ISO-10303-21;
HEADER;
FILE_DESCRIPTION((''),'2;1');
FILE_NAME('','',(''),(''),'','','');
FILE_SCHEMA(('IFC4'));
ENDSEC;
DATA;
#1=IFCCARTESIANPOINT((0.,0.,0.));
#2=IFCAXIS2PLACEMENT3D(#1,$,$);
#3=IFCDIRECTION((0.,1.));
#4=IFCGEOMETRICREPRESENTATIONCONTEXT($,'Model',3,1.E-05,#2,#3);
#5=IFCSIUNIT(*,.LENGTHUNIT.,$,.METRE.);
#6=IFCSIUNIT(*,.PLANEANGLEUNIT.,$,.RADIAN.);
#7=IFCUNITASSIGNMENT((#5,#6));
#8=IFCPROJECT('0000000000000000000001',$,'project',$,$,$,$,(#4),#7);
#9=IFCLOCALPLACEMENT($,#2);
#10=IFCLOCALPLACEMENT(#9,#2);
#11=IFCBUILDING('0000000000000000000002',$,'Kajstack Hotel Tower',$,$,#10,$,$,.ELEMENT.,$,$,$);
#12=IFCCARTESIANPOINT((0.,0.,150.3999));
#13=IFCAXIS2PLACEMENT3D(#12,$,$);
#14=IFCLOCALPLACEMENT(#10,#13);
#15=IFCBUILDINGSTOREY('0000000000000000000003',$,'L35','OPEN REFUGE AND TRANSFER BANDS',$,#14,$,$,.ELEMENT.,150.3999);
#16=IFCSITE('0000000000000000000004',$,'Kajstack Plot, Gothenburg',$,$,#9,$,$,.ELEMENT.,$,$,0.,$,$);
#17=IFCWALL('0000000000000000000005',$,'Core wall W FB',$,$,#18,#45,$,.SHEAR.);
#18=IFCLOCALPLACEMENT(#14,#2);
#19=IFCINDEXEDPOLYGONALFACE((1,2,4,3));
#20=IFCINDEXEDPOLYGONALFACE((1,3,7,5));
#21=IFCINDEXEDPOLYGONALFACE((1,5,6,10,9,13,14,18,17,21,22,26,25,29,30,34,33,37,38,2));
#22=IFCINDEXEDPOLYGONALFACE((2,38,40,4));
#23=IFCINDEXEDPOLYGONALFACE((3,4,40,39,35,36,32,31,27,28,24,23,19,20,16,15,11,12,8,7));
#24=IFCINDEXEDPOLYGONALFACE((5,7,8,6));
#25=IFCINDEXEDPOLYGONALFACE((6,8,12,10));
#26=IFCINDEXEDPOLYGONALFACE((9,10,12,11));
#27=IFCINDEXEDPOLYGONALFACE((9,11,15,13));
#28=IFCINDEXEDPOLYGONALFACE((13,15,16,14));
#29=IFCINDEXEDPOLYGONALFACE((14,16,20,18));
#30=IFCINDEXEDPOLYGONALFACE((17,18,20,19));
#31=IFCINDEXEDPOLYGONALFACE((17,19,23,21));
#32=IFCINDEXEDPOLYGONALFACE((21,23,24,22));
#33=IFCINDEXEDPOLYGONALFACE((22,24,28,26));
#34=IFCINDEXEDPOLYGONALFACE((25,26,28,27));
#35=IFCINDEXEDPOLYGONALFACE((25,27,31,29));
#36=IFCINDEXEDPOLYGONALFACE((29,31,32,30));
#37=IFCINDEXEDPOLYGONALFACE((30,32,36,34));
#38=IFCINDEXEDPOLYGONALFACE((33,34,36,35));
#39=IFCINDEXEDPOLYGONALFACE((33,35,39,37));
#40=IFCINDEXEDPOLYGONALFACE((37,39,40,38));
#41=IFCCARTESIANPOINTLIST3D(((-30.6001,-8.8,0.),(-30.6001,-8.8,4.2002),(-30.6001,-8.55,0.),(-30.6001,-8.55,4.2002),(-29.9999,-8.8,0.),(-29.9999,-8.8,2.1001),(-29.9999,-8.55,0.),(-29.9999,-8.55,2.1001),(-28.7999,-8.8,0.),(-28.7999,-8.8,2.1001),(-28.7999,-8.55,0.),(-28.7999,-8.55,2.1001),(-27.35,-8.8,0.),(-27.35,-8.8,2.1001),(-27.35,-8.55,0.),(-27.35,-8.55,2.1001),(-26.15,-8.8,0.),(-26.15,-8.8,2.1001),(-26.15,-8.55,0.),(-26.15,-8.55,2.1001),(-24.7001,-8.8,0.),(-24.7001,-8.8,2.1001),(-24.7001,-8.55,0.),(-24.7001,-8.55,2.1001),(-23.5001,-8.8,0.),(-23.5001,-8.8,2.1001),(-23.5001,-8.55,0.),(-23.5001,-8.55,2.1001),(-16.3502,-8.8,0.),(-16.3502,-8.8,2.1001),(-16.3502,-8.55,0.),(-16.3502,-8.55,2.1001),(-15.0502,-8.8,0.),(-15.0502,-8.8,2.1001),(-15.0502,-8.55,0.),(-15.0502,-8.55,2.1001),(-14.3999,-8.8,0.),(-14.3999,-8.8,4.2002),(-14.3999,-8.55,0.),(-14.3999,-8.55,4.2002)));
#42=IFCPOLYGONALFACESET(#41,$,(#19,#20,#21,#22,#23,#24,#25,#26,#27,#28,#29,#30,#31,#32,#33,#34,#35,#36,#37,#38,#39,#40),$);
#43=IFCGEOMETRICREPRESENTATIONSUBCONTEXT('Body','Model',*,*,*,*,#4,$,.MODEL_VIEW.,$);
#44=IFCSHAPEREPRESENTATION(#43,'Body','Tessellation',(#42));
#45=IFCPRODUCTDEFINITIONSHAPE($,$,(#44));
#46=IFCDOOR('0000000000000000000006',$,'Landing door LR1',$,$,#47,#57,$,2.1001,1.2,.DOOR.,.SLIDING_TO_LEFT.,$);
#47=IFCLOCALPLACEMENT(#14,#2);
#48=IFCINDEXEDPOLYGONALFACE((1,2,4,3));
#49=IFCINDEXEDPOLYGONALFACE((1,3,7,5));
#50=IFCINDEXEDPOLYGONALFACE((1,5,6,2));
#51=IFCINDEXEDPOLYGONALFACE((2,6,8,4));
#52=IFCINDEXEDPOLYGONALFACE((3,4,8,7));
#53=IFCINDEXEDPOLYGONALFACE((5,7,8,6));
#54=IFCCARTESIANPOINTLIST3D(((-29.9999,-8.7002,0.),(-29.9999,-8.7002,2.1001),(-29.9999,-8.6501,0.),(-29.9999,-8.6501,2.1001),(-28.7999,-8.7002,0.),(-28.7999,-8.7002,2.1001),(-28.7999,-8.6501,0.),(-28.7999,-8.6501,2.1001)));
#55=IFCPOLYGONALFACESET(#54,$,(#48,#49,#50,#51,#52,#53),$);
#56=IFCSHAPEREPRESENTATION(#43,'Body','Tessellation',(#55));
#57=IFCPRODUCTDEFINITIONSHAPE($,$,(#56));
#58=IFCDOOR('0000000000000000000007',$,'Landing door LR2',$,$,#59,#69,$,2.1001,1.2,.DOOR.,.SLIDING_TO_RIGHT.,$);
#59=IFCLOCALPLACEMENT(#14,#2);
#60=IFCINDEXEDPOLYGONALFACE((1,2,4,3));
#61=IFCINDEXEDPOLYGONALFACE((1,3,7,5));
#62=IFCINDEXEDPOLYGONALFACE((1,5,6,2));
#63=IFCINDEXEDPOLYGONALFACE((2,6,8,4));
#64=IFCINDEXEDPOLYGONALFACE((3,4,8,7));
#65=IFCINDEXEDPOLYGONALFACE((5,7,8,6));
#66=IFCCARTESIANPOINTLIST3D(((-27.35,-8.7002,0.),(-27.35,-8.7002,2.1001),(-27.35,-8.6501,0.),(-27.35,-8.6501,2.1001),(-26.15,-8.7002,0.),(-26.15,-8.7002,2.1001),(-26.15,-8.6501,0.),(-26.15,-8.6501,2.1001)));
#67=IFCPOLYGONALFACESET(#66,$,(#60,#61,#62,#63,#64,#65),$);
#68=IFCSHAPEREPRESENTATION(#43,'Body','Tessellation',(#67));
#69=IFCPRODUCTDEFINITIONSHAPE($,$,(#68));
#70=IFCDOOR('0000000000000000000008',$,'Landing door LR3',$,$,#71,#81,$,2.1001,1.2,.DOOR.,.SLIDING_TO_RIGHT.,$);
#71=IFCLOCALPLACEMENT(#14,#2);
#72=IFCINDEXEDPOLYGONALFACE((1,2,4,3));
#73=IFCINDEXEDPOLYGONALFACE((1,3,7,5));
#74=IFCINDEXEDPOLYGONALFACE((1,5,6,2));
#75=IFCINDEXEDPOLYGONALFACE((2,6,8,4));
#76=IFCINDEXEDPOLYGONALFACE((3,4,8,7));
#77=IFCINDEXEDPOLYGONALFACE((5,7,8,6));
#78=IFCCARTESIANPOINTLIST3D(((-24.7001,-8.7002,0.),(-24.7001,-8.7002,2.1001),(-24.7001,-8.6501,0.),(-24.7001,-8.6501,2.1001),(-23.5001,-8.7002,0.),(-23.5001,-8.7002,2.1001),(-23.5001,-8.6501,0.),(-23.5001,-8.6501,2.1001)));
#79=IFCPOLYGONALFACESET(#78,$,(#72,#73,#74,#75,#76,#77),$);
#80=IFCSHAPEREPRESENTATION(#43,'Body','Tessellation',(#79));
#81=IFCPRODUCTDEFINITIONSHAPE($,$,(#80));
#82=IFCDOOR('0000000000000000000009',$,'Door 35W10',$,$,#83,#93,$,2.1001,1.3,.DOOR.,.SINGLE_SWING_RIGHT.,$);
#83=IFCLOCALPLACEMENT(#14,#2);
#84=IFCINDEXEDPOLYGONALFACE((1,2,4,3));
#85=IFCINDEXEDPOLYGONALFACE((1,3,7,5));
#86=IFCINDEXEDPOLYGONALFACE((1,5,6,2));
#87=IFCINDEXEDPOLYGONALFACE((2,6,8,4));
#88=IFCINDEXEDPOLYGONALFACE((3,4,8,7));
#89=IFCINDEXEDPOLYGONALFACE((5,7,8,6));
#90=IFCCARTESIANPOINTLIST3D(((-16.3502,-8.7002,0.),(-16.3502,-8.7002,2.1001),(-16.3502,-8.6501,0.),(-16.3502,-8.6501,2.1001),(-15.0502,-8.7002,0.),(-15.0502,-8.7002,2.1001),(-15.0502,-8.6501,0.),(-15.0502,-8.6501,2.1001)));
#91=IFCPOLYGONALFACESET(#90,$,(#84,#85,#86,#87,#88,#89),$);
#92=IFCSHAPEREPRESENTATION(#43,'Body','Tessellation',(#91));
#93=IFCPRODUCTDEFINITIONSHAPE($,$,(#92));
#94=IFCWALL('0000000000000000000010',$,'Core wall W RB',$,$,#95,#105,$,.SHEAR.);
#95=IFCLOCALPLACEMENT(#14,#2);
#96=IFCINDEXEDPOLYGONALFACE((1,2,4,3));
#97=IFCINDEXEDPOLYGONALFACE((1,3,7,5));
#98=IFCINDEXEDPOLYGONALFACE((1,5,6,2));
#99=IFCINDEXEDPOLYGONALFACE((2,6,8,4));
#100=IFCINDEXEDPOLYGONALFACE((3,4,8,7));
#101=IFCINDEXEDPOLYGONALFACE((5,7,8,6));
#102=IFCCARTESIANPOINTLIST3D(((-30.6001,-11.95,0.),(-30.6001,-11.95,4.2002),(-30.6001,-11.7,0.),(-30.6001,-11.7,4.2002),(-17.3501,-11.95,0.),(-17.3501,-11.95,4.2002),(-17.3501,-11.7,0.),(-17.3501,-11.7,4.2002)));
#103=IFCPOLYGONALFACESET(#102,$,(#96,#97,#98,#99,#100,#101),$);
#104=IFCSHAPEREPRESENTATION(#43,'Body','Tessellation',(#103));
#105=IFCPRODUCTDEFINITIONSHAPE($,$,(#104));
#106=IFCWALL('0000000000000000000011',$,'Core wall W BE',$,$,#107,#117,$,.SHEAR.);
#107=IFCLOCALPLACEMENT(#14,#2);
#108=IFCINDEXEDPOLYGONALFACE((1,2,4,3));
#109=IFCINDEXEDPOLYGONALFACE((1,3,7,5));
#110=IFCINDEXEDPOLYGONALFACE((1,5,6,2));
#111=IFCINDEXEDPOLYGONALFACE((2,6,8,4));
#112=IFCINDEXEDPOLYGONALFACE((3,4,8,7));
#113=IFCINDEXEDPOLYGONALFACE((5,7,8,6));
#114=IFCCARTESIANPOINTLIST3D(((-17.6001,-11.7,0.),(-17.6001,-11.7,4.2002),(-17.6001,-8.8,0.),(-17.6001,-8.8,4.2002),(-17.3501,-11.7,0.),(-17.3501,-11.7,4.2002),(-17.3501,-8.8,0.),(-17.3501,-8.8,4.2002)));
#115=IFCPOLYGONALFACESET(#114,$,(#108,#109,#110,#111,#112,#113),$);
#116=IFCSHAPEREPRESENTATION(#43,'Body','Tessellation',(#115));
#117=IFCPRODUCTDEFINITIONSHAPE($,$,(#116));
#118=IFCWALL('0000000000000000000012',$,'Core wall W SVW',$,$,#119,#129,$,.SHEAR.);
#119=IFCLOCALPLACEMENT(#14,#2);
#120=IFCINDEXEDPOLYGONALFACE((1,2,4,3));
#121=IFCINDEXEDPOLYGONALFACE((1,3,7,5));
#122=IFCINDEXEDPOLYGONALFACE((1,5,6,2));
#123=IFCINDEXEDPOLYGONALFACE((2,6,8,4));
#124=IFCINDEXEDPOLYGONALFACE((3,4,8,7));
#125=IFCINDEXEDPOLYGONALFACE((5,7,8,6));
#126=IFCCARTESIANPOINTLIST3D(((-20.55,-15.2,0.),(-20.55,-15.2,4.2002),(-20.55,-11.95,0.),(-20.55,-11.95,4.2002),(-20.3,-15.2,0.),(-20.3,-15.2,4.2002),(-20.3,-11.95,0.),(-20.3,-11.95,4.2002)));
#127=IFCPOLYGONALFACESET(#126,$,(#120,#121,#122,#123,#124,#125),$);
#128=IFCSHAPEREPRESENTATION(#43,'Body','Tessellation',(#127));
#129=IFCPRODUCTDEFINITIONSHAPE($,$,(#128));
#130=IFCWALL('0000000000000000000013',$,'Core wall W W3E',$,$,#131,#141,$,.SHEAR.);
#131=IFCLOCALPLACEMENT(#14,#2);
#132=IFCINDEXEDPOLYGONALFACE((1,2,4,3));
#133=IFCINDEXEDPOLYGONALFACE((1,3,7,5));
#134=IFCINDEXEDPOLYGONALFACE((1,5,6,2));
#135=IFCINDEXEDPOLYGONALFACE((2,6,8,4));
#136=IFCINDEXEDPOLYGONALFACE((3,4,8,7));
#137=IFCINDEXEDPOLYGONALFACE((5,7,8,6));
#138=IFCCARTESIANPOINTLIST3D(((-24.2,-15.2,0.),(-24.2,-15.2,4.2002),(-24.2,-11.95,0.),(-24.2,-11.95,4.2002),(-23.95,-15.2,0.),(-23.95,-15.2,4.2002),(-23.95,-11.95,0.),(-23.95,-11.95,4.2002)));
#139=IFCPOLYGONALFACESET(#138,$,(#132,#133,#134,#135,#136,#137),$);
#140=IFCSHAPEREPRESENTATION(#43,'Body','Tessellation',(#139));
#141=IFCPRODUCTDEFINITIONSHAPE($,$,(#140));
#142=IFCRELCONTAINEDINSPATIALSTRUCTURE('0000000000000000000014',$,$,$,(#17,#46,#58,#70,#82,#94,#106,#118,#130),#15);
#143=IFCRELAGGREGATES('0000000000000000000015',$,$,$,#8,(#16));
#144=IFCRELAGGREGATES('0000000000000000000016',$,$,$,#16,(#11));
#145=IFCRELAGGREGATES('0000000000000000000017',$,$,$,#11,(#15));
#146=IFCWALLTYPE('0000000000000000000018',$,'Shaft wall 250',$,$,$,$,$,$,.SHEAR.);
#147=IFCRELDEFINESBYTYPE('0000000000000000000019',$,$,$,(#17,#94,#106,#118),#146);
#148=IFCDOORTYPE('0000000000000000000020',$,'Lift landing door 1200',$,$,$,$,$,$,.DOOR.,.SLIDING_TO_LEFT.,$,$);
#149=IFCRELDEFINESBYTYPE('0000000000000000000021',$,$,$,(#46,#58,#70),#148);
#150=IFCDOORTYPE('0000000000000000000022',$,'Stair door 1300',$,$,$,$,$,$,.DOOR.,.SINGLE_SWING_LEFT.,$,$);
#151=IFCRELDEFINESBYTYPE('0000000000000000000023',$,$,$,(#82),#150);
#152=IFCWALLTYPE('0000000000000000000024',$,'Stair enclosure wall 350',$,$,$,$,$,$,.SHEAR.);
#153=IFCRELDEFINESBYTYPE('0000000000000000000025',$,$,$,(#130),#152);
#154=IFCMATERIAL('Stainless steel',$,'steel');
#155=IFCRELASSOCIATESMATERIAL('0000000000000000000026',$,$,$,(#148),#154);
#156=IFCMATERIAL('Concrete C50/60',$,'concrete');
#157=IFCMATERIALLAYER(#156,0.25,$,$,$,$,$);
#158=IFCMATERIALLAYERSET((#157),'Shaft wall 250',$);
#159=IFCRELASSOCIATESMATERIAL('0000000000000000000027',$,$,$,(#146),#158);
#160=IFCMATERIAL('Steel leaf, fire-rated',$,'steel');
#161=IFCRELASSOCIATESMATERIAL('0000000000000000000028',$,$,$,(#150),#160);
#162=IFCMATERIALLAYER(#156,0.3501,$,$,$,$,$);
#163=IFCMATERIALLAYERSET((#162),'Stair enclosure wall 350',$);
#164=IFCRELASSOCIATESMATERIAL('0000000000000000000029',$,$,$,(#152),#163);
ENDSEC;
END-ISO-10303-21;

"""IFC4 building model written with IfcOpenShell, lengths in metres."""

from ifc_helpers import new_model, si_unit, direction, frame, frame_2d, origin, place, context, subcontext, project, spatial, rectangle, extrude, material, layer, layer_set, type_object, element, fill, save


model = new_model("IFC4")

# Units and contexts
model_context = context("Model", 3, precision=1e-05, world=origin(), true_north=direction((0.0, 1.0)))
body_context = subcontext(model_context, "Body", "Model", "MODEL_VIEW")
ifc_project = project(units=[si_unit("LENGTHUNIT", "METRE"), si_unit("PLANEANGLEUNIT", "RADIAN")], contexts=[model_context])

# Site, building, storey
site_placement = place(None, origin())
site = spatial("IfcSite", under=ifc_project, at=site_placement, Name="Kajstack Plot, Gothenburg", CompositionType="ELEMENT", RefElevation=0.0)
building_placement = place(site_placement, origin())
building = spatial("IfcBuilding", under=site, at=building_placement, Name="Kajstack Hotel Tower", CompositionType="ELEMENT")
storey_placement = place(building_placement, frame((0.0, 0.0, 150.3999)))
storey = spatial("IfcBuildingStorey", under=building, at=storey_placement, Name="L35", Description="OPEN REFUGE AND TRANSFER BANDS", CompositionType="ELEMENT", Elevation=150.3999)

# Shared definitions
ifc_material_1 = material(Name="Stainless steel", Category="steel")
door_type_1 = type_object("IfcDoorType", Name="Lift landing door 1200", OperationType="SLIDING_TO_LEFT", PredefinedType="DOOR", material=ifc_material_1)

# Shared definitions
ifc_material_2 = material(Name="Concrete C50/60", Category="concrete")

# Shared definitions
ifc_layer_1 = layer(ifc_material_2, 0.25)
ifc_layer_set_1 = layer_set([ifc_layer_1], Name="Shaft wall 250")
wall_type_1 = type_object("IfcWallType", Name="Shaft wall 250", PredefinedType="SHEAR", material=ifc_layer_set_1)
ifc_material_3 = material(Name="Steel leaf, fire-rated", Category="steel")
door_type_2 = type_object("IfcDoorType", Name="Stair door 1300", OperationType="SINGLE_SWING_LEFT", PredefinedType="DOOR", material=ifc_material_3)

# Wall, openings, doors
wall_1_placement = place(storey_placement, frame((-30.6001, -8.675, 0.0), z_axis=(0.0, 0.0, 1.0), x_axis=(1.0, 0.0, 0.0)))
wall_1 = element("IfcWall", 1, at=wall_1_placement, inside=storey, type_object=wall_type_1, Name="Core wall W FB", PredefinedType="SHEAR", context=body_context, shape_type="SweptSolid", body=[
    extrude(rectangle(XDim=16.2002, YDim=0.25, at=frame_2d((8.1001, 0.0))), origin(), (0.0, 0.0, 1.0), 4.2002),
])
opening_1_placement = place(wall_1_placement, frame((0.6001, 0.0, 0.0)))
opening_1 = element("IfcOpeningElement", 2, at=opening_1_placement, cuts=wall_1, PredefinedType="OPENING", context=body_context, shape_type="SweptSolid", body=[
    extrude(rectangle(XDim=1.2, YDim=2.1001, at=frame_2d((0.6001, 1.05))), frame((0.0, 0.135, 0.0), z_axis=(0.0, -1.0, 0.0), x_axis=(1.0, 0.0, 0.0)), (0.0, 0.0, 1.0), 0.27),
])
opening_2_placement = place(wall_1_placement, frame((3.25, 0.0, 0.0)))
opening_2 = element("IfcOpeningElement", 3, at=opening_2_placement, cuts=wall_1, PredefinedType="OPENING", context=body_context, shape_type="SweptSolid", body=[
    extrude(rectangle(XDim=1.2, YDim=2.1001, at=frame_2d((0.6001, 1.05))), frame((0.0, 0.135, 0.0), z_axis=(0.0, -1.0, 0.0), x_axis=(1.0, 0.0, 0.0)), (0.0, 0.0, 1.0), 0.27),
])
opening_3_placement = place(wall_1_placement, frame((5.8999, 0.0, 0.0)))
opening_3 = element("IfcOpeningElement", 4, at=opening_3_placement, cuts=wall_1, PredefinedType="OPENING", context=body_context, shape_type="SweptSolid", body=[
    extrude(rectangle(XDim=1.2, YDim=2.1001, at=frame_2d((0.6001, 1.05))), frame((0.0, 0.135, 0.0), z_axis=(0.0, -1.0, 0.0), x_axis=(1.0, 0.0, 0.0)), (0.0, 0.0, 1.0), 0.27),
])
opening_4_placement = place(wall_1_placement, frame((14.25, 0.0, 0.0)))
opening_4 = element("IfcOpeningElement", 5, at=opening_4_placement, cuts=wall_1, PredefinedType="OPENING", context=body_context, shape_type="SweptSolid", body=[
    extrude(rectangle(XDim=1.3, YDim=2.1001, at=frame_2d((0.6499, 1.05))), frame((0.0, 0.135, 0.0), z_axis=(0.0, -1.0, 0.0), x_axis=(1.0, 0.0, 0.0)), (0.0, 0.0, 1.0), 0.27),
])
door_1_placement = place(opening_1_placement, origin())
door_1 = element("IfcDoor", 6, at=door_1_placement, inside=storey, type_object=door_type_1, Name="Landing door LR1", OperationType="SLIDING_TO_LEFT", OverallHeight=2.1001, OverallWidth=1.2, PredefinedType="DOOR", context=body_context, shape_type="SweptSolid", body=[
    extrude(rectangle(XDim=1.2, YDim=2.1001, at=frame_2d((0.6001, 1.05))), frame((0.0, 0.0249, 0.0), z_axis=(0.0, -1.0, 0.0), x_axis=(1.0, 0.0, 0.0)), (0.0, 0.0, 1.0), 0.05),
])
fill(opening_1, door_1)
door_2_placement = place(opening_2_placement, origin())
door_2 = element("IfcDoor", 7, at=door_2_placement, inside=storey, type_object=door_type_1, Name="Landing door LR2", OperationType="SLIDING_TO_RIGHT", OverallHeight=2.1001, OverallWidth=1.2, PredefinedType="DOOR", context=body_context, shape_type="SweptSolid", body=[
    extrude(rectangle(XDim=1.2, YDim=2.1001, at=frame_2d((0.6001, 1.05))), frame((0.0, 0.0249, 0.0), z_axis=(0.0, -1.0, 0.0), x_axis=(1.0, 0.0, 0.0)), (0.0, 0.0, 1.0), 0.05),
])
fill(opening_2, door_2)
door_3_placement = place(opening_3_placement, origin())
door_3 = element("IfcDoor", 8, at=door_3_placement, inside=storey, type_object=door_type_1, Name="Landing door LR3", OperationType="SLIDING_TO_RIGHT", OverallHeight=2.1001, OverallWidth=1.2, PredefinedType="DOOR", context=body_context, shape_type="SweptSolid", body=[
    extrude(rectangle(XDim=1.2, YDim=2.1001, at=frame_2d((0.6001, 1.05))), frame((0.0, 0.0249, 0.0), z_axis=(0.0, -1.0, 0.0), x_axis=(1.0, 0.0, 0.0)), (0.0, 0.0, 1.0), 0.05),
])
fill(opening_3, door_3)
door_4_placement = place(opening_4_placement, origin())
door_4 = element("IfcDoor", 9, at=door_4_placement, inside=storey, type_object=door_type_2, Name="Door 35W10", OperationType="SINGLE_SWING_RIGHT", OverallHeight=2.1001, OverallWidth=1.3, PredefinedType="DOOR", context=body_context, shape_type="SweptSolid", body=[
    extrude(rectangle(XDim=1.3, YDim=2.1001, at=frame_2d((0.6499, 1.05))), frame((0.0, 0.0249, 0.0), z_axis=(0.0, -1.0, 0.0), x_axis=(1.0, 0.0, 0.0)), (0.0, 0.0, 1.0), 0.05),
])
fill(opening_4, door_4)

# Walls
wall_2_placement = place(storey_placement, frame((-30.6001, -11.825, 0.0), z_axis=(0.0, 0.0, 1.0), x_axis=(1.0, 0.0, 0.0)))
element("IfcWall", 10, at=wall_2_placement, inside=storey, type_object=wall_type_1, Name="Core wall W RB", PredefinedType="SHEAR", context=body_context, shape_type="SweptSolid", body=[
    extrude(rectangle(XDim=13.25, YDim=0.25, at=frame_2d((6.625, 0.0))), origin(), (0.0, 0.0, 1.0), 4.2002),
])
wall_3_placement = place(storey_placement, frame((-17.4751, -11.7, 0.0), z_axis=(0.0, 0.0, 1.0), x_axis=(0.0, 1.0, 0.0)))
element("IfcWall", 11, at=wall_3_placement, inside=storey, type_object=wall_type_1, Name="Core wall W BE", PredefinedType="SHEAR", context=body_context, shape_type="SweptSolid", body=[
    extrude(rectangle(XDim=2.8999, YDim=0.25, at=frame_2d((1.45, 0.0))), origin(), (0.0, 0.0, 1.0), 4.2002),
])
wall_4_placement = place(storey_placement, frame((-20.425, -15.2, 0.0), z_axis=(0.0, 0.0, 1.0), x_axis=(0.0, 1.0, 0.0)))
element("IfcWall", 12, at=wall_4_placement, inside=storey, type_object=wall_type_1, Name="Core wall W SVW", PredefinedType="SHEAR", context=body_context, shape_type="SweptSolid", body=[
    extrude(rectangle(XDim=3.25, YDim=0.25, at=frame_2d((1.625, 0.0))), origin(), (0.0, 0.0, 1.0), 4.2002),
])
ifc_layer_2 = layer(ifc_material_2, 0.3501)
ifc_layer_set_2 = layer_set([ifc_layer_2], Name="Stair enclosure wall 350")
wall_type_2 = type_object("IfcWallType", Name="Stair enclosure wall 350", PredefinedType="SHEAR", material=ifc_layer_set_2)
wall_5_placement = place(storey_placement, frame((-24.075, -15.2, 0.0), z_axis=(0.0, 0.0, 1.0), x_axis=(0.0, 1.0, 0.0)))
element("IfcWall", 13, at=wall_5_placement, inside=storey, type_object=wall_type_2, Name="Core wall W W3E", PredefinedType="SHEAR", context=body_context, shape_type="SweptSolid", body=[
    extrude(rectangle(XDim=3.25, YDim=0.25, at=frame_2d((1.625, 0.0))), origin(), (0.0, 0.0, 1.0), 4.2002),
])

save(model, "model.ifc")
